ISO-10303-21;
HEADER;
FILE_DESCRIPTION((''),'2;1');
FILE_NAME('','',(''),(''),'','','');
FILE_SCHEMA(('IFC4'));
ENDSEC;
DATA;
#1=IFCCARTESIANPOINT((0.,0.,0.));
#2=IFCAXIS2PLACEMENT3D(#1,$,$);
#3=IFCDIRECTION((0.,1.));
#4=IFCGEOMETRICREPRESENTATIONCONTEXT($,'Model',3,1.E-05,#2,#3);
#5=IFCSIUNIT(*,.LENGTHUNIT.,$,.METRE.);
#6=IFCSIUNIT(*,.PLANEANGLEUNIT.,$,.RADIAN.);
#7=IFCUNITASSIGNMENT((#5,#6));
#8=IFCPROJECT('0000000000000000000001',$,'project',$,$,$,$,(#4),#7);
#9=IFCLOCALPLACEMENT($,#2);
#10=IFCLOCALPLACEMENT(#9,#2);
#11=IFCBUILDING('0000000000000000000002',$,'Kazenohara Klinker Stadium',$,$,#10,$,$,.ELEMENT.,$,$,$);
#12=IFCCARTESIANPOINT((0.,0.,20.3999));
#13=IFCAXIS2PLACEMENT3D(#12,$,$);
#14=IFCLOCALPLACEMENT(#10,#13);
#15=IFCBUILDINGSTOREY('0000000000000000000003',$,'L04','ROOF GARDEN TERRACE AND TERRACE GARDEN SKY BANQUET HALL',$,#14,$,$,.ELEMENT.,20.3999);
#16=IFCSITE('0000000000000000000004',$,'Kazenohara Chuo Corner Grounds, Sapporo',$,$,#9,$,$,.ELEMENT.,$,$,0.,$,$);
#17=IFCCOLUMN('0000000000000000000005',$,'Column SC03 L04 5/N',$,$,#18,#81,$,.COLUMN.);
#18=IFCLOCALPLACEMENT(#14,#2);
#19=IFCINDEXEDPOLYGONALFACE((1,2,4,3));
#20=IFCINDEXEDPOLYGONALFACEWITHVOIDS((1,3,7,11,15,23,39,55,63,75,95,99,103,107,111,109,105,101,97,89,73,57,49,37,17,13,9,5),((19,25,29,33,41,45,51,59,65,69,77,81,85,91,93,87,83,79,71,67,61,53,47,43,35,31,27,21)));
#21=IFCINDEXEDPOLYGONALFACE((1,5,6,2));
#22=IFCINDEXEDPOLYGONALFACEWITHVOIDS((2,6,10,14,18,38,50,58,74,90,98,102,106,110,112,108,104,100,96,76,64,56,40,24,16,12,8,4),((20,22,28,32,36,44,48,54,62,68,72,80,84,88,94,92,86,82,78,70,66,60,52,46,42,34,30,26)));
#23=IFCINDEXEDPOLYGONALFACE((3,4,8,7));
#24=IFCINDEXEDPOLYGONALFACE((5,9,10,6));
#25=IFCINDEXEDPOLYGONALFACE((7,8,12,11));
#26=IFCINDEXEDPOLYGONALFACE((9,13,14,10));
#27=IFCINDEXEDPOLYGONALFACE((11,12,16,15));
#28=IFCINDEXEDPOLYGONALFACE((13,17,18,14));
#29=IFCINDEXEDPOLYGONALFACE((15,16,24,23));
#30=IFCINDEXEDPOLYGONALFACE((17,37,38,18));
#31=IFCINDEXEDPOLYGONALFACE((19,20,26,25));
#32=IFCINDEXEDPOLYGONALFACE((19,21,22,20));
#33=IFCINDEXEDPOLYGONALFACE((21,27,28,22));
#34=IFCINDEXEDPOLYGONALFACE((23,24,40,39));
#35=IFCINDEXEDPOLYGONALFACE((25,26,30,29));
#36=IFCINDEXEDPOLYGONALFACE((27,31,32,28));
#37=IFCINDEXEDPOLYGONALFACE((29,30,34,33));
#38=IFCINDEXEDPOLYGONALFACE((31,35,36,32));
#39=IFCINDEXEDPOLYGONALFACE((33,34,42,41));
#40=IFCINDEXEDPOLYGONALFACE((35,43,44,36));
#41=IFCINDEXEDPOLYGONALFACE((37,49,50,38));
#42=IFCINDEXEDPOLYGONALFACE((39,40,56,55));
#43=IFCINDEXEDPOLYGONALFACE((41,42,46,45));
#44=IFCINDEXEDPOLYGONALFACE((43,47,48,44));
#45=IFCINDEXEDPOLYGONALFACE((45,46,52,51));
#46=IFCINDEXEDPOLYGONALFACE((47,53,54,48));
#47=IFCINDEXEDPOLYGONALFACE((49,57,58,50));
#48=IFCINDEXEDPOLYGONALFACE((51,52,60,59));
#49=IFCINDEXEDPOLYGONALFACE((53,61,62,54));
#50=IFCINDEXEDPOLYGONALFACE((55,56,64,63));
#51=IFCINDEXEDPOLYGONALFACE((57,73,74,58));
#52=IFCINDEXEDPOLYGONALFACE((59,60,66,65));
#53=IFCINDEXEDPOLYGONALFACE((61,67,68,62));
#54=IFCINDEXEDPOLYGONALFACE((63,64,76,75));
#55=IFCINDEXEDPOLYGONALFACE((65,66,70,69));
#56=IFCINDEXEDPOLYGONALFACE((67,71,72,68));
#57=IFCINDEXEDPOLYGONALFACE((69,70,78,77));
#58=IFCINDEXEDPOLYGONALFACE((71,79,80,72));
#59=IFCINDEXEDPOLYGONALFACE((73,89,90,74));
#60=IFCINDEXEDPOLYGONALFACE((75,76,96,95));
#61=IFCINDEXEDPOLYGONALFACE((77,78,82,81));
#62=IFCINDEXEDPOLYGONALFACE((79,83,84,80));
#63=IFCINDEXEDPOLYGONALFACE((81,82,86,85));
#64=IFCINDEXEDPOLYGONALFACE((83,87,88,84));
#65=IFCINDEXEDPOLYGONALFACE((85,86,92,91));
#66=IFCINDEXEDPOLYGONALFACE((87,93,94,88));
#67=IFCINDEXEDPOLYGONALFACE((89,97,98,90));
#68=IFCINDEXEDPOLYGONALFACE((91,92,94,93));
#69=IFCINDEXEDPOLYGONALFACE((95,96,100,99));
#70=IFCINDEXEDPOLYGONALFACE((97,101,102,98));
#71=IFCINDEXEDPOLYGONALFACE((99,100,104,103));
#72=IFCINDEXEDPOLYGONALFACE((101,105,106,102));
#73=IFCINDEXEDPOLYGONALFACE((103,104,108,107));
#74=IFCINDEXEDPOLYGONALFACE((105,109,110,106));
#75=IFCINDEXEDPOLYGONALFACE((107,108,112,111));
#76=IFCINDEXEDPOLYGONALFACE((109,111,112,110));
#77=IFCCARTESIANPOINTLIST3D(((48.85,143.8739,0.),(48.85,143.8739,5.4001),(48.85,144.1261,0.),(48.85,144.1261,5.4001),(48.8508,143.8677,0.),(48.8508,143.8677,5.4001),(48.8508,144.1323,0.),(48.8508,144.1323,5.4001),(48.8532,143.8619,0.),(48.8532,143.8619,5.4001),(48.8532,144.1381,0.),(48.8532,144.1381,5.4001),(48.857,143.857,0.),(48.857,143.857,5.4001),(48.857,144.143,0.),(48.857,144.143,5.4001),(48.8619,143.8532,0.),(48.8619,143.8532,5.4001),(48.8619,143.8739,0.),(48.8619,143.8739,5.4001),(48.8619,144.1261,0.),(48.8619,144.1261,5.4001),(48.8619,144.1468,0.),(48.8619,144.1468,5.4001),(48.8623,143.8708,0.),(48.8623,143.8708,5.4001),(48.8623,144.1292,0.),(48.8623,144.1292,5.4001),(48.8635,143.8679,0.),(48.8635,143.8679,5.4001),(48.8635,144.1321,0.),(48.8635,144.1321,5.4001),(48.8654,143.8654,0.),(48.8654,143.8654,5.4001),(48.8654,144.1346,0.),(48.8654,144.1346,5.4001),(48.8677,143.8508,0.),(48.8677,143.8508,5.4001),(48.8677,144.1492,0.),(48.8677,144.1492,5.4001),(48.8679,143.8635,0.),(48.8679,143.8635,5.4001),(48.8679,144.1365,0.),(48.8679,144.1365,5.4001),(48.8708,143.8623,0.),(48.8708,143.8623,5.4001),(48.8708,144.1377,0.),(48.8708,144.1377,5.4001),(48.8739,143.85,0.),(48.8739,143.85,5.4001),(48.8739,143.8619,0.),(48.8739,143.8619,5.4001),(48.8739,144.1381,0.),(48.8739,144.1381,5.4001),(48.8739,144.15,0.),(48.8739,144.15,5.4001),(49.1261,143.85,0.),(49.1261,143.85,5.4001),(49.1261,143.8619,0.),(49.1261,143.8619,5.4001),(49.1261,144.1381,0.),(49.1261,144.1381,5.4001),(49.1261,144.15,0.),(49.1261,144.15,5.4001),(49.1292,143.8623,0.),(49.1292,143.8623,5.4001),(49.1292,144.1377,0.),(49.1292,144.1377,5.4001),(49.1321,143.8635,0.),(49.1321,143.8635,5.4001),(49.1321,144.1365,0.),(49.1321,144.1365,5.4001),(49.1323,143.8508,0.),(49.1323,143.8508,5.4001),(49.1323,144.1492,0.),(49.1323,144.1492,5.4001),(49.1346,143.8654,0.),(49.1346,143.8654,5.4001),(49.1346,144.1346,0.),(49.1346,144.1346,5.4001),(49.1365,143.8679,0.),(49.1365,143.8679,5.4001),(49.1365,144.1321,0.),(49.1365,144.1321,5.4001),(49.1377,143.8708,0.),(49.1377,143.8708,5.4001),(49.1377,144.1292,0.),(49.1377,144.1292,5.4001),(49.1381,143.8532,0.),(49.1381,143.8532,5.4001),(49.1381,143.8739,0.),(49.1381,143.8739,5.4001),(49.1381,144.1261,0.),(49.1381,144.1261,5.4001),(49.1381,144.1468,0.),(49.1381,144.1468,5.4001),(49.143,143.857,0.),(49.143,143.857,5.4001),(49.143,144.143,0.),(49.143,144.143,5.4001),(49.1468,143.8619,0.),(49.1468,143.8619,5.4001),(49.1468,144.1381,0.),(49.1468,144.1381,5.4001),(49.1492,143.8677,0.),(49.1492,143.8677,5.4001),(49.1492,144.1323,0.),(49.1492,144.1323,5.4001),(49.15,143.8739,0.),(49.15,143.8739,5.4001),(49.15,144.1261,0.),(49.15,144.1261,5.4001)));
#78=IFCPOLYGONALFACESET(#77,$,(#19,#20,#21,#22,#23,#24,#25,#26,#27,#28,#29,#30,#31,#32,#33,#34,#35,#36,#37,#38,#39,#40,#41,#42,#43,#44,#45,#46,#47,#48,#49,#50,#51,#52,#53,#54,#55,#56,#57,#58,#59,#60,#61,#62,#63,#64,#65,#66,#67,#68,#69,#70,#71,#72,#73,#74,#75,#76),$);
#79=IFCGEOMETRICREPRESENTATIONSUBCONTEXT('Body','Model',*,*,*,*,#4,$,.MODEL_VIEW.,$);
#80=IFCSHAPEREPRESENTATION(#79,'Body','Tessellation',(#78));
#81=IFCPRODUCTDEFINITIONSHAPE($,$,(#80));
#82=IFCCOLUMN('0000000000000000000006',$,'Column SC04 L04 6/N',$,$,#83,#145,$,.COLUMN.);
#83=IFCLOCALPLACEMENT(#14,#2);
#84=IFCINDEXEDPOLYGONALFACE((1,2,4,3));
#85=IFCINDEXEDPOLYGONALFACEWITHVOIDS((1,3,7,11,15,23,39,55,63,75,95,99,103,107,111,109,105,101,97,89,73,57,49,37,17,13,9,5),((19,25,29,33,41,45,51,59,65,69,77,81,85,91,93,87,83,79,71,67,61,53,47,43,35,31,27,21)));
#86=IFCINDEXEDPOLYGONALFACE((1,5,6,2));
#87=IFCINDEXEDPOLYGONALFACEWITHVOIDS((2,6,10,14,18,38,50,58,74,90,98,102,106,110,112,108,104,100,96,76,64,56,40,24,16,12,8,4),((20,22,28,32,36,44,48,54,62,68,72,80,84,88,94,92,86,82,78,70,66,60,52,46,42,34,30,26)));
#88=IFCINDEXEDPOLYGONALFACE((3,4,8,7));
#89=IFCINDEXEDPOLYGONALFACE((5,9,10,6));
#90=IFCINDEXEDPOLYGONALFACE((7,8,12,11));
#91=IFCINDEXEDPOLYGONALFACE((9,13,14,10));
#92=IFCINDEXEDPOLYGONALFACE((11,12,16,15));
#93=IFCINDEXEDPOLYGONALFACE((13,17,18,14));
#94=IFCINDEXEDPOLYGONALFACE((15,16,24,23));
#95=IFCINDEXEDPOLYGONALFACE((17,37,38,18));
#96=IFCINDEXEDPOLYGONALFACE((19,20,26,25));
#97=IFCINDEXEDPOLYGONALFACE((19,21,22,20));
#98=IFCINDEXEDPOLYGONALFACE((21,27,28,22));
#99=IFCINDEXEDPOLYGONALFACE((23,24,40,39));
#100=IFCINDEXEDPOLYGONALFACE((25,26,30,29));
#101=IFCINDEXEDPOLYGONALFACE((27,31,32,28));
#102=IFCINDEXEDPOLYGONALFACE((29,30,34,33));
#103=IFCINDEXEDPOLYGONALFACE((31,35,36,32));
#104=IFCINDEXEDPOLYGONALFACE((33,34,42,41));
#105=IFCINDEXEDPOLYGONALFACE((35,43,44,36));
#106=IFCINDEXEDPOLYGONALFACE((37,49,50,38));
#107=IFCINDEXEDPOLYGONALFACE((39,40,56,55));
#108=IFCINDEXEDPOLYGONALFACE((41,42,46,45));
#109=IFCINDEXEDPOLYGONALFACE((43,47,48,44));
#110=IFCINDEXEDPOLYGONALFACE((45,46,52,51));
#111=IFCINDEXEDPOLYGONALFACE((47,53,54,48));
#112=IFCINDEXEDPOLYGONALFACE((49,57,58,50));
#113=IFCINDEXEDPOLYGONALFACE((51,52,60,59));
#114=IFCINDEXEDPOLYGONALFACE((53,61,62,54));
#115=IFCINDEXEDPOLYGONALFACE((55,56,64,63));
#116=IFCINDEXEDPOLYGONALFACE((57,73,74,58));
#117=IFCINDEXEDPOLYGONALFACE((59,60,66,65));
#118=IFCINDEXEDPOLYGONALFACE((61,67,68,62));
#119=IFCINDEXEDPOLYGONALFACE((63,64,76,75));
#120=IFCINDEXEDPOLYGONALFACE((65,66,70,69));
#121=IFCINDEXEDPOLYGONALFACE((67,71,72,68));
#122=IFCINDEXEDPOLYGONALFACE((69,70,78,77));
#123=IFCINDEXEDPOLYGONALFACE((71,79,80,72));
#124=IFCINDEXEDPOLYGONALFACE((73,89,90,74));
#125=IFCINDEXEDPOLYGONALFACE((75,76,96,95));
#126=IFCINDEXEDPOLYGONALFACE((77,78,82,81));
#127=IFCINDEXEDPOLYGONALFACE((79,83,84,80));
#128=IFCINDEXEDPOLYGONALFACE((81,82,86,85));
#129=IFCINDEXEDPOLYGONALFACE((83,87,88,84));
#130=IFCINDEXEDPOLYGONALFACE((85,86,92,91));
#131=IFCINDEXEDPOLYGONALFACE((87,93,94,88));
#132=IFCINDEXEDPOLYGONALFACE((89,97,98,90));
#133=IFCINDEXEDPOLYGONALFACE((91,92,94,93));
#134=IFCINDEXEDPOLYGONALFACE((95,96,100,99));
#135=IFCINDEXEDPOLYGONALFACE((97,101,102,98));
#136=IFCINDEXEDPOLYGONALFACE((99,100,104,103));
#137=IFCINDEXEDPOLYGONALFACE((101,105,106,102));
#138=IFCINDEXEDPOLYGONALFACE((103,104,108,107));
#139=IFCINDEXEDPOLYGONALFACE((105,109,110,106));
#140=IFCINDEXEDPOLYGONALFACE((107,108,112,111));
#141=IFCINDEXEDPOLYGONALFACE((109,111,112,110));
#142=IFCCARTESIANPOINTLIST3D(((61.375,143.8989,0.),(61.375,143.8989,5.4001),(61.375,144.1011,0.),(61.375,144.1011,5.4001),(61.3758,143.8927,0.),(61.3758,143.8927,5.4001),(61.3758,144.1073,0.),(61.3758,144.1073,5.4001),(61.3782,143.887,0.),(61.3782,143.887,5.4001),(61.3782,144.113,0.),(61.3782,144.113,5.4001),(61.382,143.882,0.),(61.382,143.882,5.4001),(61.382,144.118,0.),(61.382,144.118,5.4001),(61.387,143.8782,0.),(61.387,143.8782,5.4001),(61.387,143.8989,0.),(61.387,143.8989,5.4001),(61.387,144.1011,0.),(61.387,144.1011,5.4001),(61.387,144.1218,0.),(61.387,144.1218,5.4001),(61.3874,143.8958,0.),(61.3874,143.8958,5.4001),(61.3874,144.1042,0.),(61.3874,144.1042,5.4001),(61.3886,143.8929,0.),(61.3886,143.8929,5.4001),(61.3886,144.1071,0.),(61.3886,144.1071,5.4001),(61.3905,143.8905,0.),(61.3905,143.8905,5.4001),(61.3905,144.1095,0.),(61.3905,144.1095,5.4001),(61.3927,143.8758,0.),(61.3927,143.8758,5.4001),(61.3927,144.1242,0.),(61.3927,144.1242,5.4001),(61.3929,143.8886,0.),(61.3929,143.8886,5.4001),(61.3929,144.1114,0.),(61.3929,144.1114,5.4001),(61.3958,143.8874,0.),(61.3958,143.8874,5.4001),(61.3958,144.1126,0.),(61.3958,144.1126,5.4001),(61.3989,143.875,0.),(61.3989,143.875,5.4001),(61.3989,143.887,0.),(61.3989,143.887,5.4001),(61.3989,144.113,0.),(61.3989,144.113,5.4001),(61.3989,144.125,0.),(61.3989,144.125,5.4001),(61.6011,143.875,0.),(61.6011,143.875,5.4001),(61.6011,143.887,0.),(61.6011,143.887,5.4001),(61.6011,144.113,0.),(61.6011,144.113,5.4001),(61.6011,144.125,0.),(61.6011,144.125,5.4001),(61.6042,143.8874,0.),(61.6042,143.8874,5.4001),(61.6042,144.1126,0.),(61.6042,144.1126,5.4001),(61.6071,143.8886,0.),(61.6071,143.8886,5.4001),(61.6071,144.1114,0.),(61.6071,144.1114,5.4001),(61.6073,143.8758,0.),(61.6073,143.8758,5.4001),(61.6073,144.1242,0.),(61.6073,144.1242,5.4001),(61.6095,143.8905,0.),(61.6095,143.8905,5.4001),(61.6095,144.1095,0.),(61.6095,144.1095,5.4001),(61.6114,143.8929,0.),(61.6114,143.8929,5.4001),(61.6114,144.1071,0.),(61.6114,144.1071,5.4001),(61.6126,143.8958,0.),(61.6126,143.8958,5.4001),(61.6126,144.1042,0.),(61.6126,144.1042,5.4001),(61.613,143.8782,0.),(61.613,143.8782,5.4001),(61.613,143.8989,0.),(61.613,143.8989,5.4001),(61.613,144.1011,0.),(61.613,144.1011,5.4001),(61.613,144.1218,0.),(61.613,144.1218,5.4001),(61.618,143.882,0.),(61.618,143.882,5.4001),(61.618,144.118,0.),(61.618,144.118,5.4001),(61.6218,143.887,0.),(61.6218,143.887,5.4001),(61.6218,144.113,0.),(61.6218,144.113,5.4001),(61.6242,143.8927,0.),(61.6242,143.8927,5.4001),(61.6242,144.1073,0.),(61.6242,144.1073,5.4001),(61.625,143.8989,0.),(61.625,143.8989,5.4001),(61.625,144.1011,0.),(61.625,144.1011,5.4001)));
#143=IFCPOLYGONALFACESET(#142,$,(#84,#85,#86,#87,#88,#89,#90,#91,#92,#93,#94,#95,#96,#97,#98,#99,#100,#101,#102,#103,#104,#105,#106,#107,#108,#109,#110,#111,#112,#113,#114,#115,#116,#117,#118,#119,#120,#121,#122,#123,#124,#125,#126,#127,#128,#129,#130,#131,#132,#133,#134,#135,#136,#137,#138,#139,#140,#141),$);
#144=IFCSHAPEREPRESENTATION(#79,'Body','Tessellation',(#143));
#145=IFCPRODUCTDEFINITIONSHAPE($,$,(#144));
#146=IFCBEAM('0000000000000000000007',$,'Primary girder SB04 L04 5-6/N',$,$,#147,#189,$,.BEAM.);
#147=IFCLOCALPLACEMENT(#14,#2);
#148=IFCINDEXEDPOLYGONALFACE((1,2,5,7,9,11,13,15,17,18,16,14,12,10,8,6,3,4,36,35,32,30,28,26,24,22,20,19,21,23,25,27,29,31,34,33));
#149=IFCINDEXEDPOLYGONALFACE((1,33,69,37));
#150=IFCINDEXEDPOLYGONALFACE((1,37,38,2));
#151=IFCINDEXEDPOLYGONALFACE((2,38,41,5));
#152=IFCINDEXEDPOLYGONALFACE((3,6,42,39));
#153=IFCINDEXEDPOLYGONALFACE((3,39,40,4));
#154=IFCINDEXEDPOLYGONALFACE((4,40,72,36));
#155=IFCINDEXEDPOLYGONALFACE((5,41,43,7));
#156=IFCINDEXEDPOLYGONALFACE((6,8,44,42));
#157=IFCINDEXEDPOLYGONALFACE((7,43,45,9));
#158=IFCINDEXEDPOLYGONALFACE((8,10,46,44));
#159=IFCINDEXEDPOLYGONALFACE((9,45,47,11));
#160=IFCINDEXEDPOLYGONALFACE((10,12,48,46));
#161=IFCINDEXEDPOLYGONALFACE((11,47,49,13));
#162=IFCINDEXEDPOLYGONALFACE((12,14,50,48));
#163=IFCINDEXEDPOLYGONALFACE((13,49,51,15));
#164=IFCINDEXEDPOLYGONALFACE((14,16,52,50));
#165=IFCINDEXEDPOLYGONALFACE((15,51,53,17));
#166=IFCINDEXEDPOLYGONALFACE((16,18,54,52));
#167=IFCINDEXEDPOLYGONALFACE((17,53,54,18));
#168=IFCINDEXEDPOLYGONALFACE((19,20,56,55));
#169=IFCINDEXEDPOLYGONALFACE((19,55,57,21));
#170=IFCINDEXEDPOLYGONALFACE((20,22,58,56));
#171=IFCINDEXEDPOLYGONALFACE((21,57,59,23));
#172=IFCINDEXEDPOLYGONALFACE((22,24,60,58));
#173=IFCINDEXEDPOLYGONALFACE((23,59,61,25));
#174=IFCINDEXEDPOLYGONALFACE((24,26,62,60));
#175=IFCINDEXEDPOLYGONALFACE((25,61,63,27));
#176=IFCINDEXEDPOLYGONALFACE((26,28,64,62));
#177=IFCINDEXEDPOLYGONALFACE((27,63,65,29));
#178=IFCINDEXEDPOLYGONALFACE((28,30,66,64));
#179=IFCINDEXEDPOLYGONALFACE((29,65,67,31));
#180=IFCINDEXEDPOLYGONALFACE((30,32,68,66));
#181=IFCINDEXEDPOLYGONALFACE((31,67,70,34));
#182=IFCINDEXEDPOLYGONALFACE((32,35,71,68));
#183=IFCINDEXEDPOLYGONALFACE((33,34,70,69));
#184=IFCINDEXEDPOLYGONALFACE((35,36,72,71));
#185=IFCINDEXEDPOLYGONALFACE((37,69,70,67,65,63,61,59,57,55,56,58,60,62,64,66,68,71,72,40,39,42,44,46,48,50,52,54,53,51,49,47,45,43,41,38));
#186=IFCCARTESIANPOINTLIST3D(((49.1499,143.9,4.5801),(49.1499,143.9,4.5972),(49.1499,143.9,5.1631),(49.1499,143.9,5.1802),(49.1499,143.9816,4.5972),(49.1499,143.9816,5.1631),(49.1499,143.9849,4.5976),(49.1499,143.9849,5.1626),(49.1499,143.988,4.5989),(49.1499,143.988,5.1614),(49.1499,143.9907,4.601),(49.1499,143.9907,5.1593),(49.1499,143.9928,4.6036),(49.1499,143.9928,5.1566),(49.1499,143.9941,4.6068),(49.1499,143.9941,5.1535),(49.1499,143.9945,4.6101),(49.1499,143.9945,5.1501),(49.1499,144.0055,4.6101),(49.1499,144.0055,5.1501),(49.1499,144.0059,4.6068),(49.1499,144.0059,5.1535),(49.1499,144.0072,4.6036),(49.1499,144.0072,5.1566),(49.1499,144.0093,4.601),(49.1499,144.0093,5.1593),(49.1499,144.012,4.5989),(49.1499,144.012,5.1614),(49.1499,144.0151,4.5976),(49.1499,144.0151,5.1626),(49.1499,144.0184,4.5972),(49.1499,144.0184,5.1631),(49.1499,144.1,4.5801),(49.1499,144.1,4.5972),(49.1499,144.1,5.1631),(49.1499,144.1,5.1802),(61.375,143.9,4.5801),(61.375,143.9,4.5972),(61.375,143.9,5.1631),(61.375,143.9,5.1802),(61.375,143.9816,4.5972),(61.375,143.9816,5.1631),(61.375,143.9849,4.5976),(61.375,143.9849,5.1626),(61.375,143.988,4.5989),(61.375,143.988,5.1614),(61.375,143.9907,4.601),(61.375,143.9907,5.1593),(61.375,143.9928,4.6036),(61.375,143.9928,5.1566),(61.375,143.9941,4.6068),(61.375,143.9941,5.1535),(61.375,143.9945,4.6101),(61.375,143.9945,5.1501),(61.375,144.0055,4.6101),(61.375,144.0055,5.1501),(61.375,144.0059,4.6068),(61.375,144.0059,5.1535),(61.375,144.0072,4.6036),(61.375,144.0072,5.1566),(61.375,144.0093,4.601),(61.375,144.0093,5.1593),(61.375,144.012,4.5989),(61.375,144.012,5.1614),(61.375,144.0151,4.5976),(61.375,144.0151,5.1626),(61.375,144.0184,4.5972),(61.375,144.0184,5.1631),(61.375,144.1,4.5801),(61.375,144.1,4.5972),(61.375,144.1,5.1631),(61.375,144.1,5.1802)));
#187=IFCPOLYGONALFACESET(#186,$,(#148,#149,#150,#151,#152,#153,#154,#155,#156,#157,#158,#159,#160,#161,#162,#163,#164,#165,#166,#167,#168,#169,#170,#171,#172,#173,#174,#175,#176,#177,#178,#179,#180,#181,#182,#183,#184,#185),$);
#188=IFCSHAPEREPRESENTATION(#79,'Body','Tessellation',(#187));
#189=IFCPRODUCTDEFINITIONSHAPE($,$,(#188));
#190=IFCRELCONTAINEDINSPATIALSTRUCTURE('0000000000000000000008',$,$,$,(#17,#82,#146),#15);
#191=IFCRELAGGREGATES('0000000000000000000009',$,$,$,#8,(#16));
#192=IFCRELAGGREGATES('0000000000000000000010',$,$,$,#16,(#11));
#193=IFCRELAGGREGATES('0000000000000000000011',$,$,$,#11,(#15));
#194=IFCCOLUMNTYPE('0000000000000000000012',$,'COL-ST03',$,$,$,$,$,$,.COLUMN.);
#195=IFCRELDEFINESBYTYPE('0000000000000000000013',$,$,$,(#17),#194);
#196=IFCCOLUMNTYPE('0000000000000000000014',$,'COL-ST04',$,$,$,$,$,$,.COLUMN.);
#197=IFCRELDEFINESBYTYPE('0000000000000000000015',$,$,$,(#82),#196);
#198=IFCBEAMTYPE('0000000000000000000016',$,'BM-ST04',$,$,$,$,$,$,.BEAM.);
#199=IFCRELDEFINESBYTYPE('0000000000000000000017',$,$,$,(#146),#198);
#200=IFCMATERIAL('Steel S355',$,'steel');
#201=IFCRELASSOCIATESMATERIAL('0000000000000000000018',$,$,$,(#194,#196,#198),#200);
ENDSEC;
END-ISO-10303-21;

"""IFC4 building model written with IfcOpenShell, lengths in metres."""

from ifc_helpers import new_model, si_unit, direction, frame, origin, origin_2d, place, context, subcontext, project, spatial, hollow_rectangle, i_section, extrude, material, material_profile, profile_set, type_object, element, save


model = new_model("IFC4")

# Units and contexts
model_context = context("Model", 3, precision=1e-05, world=origin(), true_north=direction((0.0, 1.0)))
body_context = subcontext(model_context, "Body", "Model", "MODEL_VIEW")
ifc_project = project(units=[si_unit("LENGTHUNIT", "METRE"), si_unit("PLANEANGLEUNIT", "RADIAN")], contexts=[model_context])

# Site, building, storey
site_placement = place(None, origin())
site = spatial("IfcSite", under=ifc_project, at=site_placement, Name="Kazenohara Chuo Corner Grounds, Sapporo", CompositionType="ELEMENT", RefElevation=0.0)
building_placement = place(site_placement, origin())
building = spatial("IfcBuilding", under=site, at=building_placement, Name="Kazenohara Klinker Stadium", CompositionType="ELEMENT")
storey_placement = place(building_placement, frame((0.0, 0.0, 20.3999)))
storey = spatial("IfcBuildingStorey", under=building, at=storey_placement, Name="L04", Description="ROOF GARDEN TERRACE AND TERRACE GARDEN SKY BANQUET HALL", CompositionType="ELEMENT", Elevation=20.3999)

# Columns
ifc_material_1 = material(Name="Steel S355", Category="steel")
ifc_material_profile_1 = material_profile(ifc_material_1, hollow_rectangle(XDim=0.3, YDim=0.3, WallThickness=0.012, InnerFilletRadius=0.012, OuterFilletRadius=0.0239, at=origin_2d()), Name="SHS-300x300x12")
ifc_profile_set_1 = profile_set([ifc_material_profile_1], Name="Steel S355")
column_type_1 = type_object("IfcColumnType", Name="COL-ST03", PredefinedType="COLUMN", material=ifc_profile_set_1)
column_1_placement = place(storey_placement, frame((49.0, 144.0, 0.0), z_axis=(0.0, 0.0, 1.0), x_axis=(1.0, 0.0, 0.0)))
element("IfcColumn", 1, at=column_1_placement, inside=storey, type_object=column_type_1, Name="Column SC03 L04 5/N", PredefinedType="COLUMN", context=body_context, shape_type="SweptSolid", body=[
    extrude(hollow_rectangle(XDim=0.3, YDim=0.3, WallThickness=0.012, InnerFilletRadius=0.012, OuterFilletRadius=0.0239, at=origin_2d()), origin(), (0.0, 0.0, 1.0), 5.4001),
])
ifc_material_profile_2 = material_profile(ifc_material_1, hollow_rectangle(XDim=0.25, YDim=0.25, WallThickness=0.012, InnerFilletRadius=0.012, OuterFilletRadius=0.0239, at=origin_2d()), Name="SHS-250x250x12")
ifc_profile_set_2 = profile_set([ifc_material_profile_2], Name="Steel S355")
column_type_2 = type_object("IfcColumnType", Name="COL-ST04", PredefinedType="COLUMN", material=ifc_profile_set_2)
column_2_placement = place(storey_placement, frame((61.5, 144.0, 0.0), z_axis=(0.0, 0.0, 1.0), x_axis=(1.0, 0.0, 0.0)))
element("IfcColumn", 2, at=column_2_placement, inside=storey, type_object=column_type_2, Name="Column SC04 L04 6/N", PredefinedType="COLUMN", context=body_context, shape_type="SweptSolid", body=[
    extrude(hollow_rectangle(XDim=0.25, YDim=0.25, WallThickness=0.012, InnerFilletRadius=0.012, OuterFilletRadius=0.0239, at=origin_2d()), origin(), (0.0, 0.0, 1.0), 5.4001),
])

# Beam
ifc_material_profile_3 = material_profile(ifc_material_1, i_section(OverallWidth=0.2, OverallDepth=0.6001, WebThickness=0.011, FlangeThickness=0.0171, FilletRadius=0.0129, at=origin_2d()), Name="H-600x200x11x17")
ifc_profile_set_3 = profile_set([ifc_material_profile_3], Name="Steel S355")
beam_type_1 = type_object("IfcBeamType", Name="BM-ST04", PredefinedType="BEAM", material=ifc_profile_set_3)
beam_1_placement = place(storey_placement, frame((49.1499, 144.0, 4.8801), z_axis=(1.0, 0.0, 0.0), x_axis=(0.0, 1.0, 0.0)))
element("IfcBeam", 3, at=beam_1_placement, inside=storey, type_object=beam_type_1, Name="Primary girder SB04 L04 5-6/N", PredefinedType="BEAM", context=body_context, shape_type="SweptSolid", body=[
    extrude(i_section(OverallWidth=0.2, OverallDepth=0.6001, WebThickness=0.011, FlangeThickness=0.0171, FilletRadius=0.0129, at=origin_2d()), origin(), (0.0, 0.0, 1.0), 12.2251),
])

save(model, "model.ifc")
